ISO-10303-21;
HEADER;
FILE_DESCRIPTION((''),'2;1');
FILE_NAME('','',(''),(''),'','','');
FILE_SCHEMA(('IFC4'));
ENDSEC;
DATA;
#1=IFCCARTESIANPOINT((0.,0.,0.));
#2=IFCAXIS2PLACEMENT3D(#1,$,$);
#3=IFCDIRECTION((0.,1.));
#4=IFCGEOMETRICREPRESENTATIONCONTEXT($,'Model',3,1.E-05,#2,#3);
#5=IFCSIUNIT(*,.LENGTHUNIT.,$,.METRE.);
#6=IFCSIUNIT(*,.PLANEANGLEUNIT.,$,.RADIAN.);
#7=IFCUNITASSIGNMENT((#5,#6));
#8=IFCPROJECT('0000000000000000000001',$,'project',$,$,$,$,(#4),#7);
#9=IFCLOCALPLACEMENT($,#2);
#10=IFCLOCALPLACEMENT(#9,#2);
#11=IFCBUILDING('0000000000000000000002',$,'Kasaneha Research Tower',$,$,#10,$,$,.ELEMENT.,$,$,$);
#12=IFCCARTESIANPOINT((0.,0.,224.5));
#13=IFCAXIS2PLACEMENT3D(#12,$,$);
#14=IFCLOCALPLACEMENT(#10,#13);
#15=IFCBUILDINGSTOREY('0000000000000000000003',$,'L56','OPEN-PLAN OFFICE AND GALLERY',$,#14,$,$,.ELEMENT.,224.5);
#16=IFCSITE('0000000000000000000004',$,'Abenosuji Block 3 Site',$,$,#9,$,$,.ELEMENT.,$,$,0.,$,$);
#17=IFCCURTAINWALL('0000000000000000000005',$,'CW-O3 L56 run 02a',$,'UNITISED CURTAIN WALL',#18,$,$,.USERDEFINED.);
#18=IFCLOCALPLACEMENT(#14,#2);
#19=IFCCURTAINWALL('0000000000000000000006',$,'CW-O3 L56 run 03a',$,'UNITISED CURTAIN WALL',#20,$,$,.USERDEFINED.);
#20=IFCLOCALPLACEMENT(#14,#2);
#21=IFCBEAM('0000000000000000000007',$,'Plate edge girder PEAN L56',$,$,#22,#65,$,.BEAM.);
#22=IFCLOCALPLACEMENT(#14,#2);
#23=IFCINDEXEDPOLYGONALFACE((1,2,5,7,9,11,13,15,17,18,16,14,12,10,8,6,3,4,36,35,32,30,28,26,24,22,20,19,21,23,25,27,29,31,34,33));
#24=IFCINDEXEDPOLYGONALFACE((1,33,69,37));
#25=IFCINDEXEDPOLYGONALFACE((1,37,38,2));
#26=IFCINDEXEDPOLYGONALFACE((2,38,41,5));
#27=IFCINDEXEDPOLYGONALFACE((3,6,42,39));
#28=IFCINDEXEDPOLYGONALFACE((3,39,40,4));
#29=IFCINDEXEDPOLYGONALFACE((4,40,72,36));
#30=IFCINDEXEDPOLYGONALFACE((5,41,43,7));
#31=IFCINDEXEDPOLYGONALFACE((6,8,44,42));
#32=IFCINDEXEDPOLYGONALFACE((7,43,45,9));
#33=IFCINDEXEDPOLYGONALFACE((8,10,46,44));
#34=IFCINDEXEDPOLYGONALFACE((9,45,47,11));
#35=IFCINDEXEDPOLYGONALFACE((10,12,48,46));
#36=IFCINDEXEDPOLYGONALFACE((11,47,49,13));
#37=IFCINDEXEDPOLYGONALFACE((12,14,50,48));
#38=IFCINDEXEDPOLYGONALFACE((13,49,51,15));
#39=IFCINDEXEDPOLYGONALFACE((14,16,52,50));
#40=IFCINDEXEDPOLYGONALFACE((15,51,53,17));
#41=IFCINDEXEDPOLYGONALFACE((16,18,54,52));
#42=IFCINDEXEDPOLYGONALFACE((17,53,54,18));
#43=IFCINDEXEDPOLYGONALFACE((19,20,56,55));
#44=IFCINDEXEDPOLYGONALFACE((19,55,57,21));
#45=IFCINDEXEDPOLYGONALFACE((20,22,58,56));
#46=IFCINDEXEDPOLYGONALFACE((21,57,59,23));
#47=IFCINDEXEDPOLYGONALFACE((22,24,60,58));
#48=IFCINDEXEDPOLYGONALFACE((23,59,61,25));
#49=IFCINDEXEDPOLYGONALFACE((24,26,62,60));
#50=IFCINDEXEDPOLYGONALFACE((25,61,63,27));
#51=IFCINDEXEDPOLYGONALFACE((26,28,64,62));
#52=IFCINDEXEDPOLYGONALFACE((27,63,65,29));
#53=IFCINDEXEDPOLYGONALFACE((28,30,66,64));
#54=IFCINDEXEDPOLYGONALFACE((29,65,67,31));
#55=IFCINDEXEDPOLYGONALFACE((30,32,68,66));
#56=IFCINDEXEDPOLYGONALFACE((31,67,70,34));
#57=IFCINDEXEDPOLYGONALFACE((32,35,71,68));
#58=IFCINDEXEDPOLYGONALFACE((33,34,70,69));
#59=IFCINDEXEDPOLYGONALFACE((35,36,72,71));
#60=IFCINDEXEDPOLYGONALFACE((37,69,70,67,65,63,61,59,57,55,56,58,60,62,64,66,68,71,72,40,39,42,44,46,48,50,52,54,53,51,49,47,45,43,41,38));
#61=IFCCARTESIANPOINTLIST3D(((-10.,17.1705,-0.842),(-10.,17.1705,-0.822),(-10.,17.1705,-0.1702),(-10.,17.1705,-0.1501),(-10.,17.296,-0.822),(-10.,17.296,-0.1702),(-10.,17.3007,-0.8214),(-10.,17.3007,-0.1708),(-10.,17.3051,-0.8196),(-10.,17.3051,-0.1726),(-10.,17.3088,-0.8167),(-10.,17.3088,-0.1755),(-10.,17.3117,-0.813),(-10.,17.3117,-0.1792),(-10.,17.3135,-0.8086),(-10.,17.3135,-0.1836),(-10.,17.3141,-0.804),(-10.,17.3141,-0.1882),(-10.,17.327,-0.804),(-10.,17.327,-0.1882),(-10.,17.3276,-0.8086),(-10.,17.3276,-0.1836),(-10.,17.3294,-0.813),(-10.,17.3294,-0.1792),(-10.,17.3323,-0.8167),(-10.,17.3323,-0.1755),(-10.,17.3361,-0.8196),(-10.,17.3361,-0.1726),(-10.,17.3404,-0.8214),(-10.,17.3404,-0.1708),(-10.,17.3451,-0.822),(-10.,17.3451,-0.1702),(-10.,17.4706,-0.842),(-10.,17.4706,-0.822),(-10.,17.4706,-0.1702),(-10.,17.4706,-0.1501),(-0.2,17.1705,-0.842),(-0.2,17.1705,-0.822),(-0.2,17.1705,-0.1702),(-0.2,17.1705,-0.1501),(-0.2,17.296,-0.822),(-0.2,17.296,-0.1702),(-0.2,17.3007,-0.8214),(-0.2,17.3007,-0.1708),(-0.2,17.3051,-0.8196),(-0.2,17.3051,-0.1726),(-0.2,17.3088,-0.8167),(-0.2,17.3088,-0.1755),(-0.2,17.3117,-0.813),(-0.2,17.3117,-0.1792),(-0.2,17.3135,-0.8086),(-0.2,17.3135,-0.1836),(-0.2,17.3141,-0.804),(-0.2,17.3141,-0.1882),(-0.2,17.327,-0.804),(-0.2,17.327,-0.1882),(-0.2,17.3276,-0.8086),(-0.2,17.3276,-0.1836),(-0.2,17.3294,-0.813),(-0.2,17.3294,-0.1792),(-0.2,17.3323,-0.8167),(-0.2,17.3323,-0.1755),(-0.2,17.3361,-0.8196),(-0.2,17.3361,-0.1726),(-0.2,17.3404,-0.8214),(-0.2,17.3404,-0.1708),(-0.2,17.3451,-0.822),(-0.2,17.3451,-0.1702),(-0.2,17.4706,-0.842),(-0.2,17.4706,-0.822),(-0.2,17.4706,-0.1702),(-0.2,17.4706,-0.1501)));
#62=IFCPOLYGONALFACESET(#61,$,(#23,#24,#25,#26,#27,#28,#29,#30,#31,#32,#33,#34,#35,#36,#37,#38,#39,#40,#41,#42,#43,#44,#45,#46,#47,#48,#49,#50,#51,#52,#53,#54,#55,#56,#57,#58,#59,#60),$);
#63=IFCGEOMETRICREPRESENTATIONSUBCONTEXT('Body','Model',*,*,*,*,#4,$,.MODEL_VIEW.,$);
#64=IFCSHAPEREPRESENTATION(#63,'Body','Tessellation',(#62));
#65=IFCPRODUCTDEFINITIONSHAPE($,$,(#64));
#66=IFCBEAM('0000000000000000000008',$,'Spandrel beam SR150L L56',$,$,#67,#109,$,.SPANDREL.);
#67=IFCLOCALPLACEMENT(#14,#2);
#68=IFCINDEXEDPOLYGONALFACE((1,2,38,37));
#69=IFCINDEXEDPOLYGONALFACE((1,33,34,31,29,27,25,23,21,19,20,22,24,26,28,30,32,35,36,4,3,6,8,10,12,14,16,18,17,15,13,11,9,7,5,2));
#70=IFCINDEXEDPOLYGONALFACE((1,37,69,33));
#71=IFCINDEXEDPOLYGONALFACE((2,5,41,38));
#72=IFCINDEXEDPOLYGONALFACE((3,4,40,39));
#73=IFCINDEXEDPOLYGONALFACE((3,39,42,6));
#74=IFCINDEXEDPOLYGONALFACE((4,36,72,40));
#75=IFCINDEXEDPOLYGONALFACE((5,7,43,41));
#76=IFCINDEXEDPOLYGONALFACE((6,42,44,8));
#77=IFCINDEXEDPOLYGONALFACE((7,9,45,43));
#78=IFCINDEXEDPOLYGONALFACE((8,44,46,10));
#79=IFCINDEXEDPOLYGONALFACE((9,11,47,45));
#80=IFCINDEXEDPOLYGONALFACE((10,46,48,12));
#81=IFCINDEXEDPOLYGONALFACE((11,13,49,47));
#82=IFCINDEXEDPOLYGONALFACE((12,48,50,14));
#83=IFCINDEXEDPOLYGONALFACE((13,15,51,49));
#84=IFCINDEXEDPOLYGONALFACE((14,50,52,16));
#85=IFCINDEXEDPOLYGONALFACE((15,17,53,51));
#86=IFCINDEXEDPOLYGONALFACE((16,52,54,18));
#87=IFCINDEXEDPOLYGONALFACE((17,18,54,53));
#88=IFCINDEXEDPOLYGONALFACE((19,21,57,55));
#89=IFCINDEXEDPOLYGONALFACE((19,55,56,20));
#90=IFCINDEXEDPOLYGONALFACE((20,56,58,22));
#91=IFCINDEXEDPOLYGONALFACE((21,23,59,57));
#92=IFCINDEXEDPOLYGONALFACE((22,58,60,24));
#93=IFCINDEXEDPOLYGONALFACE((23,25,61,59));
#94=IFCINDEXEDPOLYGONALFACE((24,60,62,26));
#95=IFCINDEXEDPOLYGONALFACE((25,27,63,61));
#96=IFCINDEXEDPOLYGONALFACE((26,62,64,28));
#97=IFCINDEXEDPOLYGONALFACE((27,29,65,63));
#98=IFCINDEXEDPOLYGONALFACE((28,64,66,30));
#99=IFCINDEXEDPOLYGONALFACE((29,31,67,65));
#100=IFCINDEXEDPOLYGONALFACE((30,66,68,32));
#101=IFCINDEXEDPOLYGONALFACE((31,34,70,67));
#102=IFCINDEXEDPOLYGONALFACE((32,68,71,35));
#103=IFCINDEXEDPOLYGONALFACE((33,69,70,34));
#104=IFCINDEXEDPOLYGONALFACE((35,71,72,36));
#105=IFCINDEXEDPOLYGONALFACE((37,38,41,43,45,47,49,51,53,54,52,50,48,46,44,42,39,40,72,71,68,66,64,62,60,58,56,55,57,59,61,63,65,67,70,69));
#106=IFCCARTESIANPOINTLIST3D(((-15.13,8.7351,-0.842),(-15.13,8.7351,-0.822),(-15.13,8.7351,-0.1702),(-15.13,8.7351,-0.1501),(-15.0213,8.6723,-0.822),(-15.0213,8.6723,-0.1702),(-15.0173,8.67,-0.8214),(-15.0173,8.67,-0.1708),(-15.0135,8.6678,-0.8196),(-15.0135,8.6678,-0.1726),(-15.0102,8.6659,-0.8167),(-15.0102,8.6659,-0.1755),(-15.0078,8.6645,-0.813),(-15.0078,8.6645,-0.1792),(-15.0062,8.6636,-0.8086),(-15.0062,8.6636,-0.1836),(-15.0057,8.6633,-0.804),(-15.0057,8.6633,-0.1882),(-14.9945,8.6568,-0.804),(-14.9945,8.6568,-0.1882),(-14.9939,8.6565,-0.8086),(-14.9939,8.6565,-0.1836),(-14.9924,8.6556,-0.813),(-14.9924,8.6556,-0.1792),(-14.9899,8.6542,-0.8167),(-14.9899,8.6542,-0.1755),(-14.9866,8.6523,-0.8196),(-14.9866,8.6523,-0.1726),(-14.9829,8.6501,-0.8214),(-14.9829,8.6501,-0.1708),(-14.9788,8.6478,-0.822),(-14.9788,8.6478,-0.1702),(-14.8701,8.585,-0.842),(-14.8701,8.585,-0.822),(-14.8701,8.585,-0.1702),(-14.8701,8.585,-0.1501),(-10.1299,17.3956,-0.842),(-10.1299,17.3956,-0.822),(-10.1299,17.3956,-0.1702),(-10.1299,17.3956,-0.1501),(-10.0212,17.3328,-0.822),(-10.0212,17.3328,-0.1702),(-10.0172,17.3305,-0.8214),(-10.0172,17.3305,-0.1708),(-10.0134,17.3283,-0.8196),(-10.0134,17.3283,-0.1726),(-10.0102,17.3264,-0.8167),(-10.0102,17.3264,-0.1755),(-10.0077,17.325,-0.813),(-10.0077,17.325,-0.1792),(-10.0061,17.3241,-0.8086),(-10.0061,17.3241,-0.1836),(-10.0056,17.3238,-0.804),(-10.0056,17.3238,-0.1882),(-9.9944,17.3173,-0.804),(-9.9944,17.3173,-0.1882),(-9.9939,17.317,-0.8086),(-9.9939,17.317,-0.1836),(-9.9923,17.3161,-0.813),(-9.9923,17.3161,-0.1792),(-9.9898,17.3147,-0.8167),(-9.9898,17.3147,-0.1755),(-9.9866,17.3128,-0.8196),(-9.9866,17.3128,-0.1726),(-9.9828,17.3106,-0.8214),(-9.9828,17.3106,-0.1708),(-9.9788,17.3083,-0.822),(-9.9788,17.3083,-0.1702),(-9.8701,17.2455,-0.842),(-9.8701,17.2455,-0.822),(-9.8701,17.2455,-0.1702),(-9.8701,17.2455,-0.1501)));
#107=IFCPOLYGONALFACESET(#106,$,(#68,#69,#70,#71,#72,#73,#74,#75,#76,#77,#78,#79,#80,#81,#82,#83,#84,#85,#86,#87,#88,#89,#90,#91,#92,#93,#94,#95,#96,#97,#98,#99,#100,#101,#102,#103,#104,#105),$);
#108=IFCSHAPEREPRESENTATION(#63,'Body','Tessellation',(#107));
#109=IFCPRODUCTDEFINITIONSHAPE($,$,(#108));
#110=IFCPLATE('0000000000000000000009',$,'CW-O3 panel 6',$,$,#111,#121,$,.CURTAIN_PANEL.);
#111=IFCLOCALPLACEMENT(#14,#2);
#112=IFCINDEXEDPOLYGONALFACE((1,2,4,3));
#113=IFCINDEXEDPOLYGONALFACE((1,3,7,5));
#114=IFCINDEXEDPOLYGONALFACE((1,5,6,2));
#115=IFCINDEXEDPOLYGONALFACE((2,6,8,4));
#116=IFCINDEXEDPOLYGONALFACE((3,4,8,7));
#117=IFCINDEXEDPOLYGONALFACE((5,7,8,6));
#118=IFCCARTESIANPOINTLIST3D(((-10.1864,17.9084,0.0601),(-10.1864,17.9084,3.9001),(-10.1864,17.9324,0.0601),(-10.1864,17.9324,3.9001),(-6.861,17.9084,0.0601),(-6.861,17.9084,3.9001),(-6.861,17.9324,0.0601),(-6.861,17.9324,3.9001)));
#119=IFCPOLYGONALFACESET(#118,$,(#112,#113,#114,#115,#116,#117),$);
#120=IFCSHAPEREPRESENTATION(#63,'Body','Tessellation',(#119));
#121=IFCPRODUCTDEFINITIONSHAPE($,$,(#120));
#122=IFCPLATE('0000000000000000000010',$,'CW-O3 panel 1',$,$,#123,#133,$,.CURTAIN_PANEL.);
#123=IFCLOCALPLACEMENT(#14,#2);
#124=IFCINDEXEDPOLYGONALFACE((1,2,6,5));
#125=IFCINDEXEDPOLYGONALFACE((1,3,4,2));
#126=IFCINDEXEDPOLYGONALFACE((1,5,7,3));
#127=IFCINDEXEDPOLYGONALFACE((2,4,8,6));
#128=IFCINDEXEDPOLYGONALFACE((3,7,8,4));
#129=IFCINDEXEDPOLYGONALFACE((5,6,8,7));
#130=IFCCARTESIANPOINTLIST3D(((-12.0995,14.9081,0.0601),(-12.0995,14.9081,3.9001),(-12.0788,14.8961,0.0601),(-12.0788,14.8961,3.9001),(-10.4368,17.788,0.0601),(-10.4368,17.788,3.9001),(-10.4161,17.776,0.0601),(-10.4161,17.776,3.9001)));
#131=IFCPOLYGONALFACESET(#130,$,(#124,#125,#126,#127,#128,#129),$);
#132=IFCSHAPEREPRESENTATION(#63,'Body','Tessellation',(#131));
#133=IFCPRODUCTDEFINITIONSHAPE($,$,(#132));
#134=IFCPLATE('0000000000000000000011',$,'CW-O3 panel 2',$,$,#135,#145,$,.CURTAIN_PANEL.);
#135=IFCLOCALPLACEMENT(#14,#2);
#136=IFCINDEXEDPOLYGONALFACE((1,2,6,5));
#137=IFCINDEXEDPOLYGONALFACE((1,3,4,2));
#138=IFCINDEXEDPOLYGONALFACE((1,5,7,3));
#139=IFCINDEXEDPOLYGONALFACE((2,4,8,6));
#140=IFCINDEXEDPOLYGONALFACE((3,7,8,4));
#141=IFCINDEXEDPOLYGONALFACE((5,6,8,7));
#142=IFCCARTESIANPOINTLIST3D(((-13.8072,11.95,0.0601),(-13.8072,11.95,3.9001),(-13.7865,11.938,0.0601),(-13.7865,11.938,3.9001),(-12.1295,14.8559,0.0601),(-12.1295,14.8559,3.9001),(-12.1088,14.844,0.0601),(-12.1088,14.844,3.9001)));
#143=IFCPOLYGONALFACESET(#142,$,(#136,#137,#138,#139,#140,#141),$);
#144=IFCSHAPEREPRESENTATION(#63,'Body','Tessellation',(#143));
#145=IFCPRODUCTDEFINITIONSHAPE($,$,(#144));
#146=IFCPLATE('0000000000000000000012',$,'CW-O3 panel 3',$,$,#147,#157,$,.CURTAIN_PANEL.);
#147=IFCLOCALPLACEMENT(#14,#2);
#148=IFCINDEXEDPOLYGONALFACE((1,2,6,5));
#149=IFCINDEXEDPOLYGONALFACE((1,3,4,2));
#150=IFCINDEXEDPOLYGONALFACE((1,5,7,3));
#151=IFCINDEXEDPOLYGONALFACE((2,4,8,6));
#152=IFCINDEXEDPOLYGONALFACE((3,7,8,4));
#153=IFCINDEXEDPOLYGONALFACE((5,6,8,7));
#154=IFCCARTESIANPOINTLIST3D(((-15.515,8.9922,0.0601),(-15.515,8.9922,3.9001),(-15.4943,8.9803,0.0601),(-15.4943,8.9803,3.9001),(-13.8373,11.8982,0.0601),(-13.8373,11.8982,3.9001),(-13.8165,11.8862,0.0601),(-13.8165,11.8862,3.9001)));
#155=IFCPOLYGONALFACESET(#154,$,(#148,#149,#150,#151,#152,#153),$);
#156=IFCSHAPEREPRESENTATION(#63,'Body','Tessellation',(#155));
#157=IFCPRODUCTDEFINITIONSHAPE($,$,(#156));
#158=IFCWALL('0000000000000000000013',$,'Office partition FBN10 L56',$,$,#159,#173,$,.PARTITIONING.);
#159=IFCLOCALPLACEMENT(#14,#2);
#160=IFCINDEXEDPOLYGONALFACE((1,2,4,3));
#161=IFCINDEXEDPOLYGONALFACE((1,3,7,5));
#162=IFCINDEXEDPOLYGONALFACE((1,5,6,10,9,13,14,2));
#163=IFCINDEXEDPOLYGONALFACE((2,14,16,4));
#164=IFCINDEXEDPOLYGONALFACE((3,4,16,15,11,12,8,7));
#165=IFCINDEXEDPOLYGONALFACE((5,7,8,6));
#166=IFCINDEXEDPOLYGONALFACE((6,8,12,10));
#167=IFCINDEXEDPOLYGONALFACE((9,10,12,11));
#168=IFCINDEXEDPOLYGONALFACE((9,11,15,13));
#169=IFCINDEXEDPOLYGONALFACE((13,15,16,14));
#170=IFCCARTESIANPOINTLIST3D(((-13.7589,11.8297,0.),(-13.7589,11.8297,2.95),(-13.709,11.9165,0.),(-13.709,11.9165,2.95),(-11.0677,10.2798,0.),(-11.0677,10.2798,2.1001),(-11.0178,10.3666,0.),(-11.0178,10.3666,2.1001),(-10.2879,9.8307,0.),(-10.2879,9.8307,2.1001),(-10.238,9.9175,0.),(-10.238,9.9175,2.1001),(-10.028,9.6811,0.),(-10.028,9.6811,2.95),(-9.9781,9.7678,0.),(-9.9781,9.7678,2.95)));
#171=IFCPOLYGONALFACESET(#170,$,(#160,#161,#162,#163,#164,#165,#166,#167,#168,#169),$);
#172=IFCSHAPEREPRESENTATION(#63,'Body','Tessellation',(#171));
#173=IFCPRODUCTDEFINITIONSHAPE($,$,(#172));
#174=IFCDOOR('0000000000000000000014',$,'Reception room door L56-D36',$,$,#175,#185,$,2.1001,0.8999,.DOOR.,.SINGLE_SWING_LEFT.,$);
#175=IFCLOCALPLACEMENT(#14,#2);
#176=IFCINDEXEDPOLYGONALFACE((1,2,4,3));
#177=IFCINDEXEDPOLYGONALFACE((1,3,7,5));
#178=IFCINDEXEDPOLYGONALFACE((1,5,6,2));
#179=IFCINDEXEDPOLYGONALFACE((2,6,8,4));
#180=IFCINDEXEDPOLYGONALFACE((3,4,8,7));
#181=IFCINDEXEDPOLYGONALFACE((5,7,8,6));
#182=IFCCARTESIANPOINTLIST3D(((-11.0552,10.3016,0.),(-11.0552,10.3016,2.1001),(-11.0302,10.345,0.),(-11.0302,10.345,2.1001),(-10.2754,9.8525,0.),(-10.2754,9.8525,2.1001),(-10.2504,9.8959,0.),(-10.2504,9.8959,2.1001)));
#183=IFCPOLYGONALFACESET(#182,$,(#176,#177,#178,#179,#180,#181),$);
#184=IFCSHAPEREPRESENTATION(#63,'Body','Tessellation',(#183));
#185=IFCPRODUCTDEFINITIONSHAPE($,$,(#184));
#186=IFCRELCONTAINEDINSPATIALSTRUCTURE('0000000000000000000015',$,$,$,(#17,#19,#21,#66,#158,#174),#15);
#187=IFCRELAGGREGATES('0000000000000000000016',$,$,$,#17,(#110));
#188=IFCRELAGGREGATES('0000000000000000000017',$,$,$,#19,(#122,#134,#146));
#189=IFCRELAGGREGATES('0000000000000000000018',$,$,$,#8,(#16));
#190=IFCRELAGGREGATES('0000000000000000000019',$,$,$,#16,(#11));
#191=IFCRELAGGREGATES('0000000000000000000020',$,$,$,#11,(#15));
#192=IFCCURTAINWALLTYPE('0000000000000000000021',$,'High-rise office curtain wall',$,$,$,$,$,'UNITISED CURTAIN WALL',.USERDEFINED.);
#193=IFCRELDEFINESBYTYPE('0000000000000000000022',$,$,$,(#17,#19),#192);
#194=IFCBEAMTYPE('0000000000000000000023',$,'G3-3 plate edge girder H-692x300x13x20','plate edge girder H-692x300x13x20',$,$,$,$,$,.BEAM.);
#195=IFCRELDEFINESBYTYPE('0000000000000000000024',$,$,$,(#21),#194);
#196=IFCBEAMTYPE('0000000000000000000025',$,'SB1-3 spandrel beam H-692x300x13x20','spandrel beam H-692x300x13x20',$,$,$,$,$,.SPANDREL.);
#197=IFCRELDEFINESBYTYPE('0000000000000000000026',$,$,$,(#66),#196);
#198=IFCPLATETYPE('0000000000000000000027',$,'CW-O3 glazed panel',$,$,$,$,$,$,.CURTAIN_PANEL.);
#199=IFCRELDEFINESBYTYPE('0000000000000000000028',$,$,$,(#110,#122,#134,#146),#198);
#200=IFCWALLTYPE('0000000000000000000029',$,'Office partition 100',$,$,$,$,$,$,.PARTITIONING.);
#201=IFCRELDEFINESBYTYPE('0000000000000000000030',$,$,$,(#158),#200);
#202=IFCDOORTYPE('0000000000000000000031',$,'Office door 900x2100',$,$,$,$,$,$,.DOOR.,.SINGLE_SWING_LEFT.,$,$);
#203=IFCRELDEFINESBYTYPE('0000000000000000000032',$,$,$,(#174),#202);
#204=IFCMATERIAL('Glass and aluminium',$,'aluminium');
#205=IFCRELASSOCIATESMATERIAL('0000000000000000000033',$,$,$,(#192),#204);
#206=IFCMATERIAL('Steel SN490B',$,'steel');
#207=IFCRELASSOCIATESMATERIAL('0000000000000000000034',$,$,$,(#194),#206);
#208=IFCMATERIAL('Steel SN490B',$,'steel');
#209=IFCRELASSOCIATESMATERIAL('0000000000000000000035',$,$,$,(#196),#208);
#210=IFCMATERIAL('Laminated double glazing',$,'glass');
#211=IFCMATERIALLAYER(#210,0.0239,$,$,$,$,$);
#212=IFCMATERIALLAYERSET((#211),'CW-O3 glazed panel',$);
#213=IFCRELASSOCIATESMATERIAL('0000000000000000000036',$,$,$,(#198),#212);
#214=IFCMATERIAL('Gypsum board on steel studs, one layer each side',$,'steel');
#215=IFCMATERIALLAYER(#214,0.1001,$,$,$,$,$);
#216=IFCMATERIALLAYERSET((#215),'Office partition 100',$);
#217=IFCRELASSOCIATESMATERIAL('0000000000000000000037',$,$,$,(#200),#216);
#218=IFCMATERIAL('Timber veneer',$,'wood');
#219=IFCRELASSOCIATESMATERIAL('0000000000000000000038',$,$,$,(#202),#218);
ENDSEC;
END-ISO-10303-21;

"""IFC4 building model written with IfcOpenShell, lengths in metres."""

from ifc_helpers import new_model, si_unit, direction, frame, frame_2d, origin, origin_2d, place, context, subcontext, project, spatial, rectangle, i_section, extrude, material, layer, layer_set, material_profile, profile_set, type_object, element, fill, aggregate, save


model = new_model("IFC4")

# Units and contexts
model_context = context("Model", 3, precision=1e-05, world=origin(), true_north=direction((0.0, 1.0)))
body_context = subcontext(model_context, "Body", "Model", "MODEL_VIEW")
ifc_project = project(units=[si_unit("LENGTHUNIT", "METRE"), si_unit("PLANEANGLEUNIT", "RADIAN")], contexts=[model_context])

# Site, building, storey
site_placement = place(None, origin())
site = spatial("IfcSite", under=ifc_project, at=site_placement, Name="Abenosuji Block 3 Site", CompositionType="ELEMENT", RefElevation=0.0)
building_placement = place(site_placement, origin())
building = spatial("IfcBuilding", under=site, at=building_placement, Name="Kasaneha Research Tower", CompositionType="ELEMENT")
storey_placement = place(building_placement, frame((0.0, 0.0, 224.5)))
storey = spatial("IfcBuildingStorey", under=building, at=storey_placement, Name="L56", Description="OPEN-PLAN OFFICE AND GALLERY", CompositionType="ELEMENT", Elevation=224.5)

# Curtain walls
ifc_material_1 = material(Name="Glass and aluminium", Category="aluminium")
curtain_wall_type = type_object("IfcCurtainWallType", Name="High-rise office curtain wall", ElementType="UNITISED CURTAIN WALL", PredefinedType="USERDEFINED", material=ifc_material_1)
curtain_wall_1_placement = place(storey_placement, origin())
curtain_wall_1 = element("IfcCurtainWall", 1, at=curtain_wall_1_placement, inside=storey, type_object=curtain_wall_type, Name="CW-O3 L56 run 02a", ObjectType="UNITISED CURTAIN WALL", PredefinedType="USERDEFINED")
curtain_wall_2_placement = place(storey_placement, origin())
curtain_wall_2 = element("IfcCurtainWall", 2, at=curtain_wall_2_placement, inside=storey, type_object=curtain_wall_type, Name="CW-O3 L56 run 03a", ObjectType="UNITISED CURTAIN WALL", PredefinedType="USERDEFINED")

# Beams
ifc_material_2 = material(Name="Steel SN490B", Category="steel")
ifc_material_profile_1 = material_profile(ifc_material_2, i_section(OverallWidth=0.3, OverallDepth=0.6919, WebThickness=0.0129, FlangeThickness=0.02, FilletRadius=0.0181, at=origin_2d()), Name="H-692x300x13x20")
ifc_profile_set_1 = profile_set([ifc_material_profile_1], Name="Steel SN490B")
beam_type_1 = type_object("IfcBeamType", Name="G3-3 plate edge girder H-692x300x13x20", Description="plate edge girder H-692x300x13x20", PredefinedType="BEAM", material=ifc_profile_set_1)
beam_1_placement = place(storey_placement, frame((-10.0, 17.3206, -0.4961), z_axis=(1.0, 0.0, 0.0), x_axis=(0.0, 1.0, 0.0)))
element("IfcBeam", 3, at=beam_1_placement, inside=storey, type_object=beam_type_1, Name="Plate edge girder PEAN L56", PredefinedType="BEAM", context=body_context, shape_type="SweptSolid", body=[
    extrude(i_section(OverallWidth=0.3, OverallDepth=0.6919, WebThickness=0.0129, FlangeThickness=0.02, FilletRadius=0.0181, at=origin_2d()), origin(), (0.0, 0.0, 1.0), 9.8),
])
ifc_material_3 = material(Name="Steel SN490B", Category="steel")
ifc_material_profile_2 = material_profile(ifc_material_3, i_section(OverallWidth=0.3, OverallDepth=0.6919, WebThickness=0.0129, FlangeThickness=0.02, FilletRadius=0.0181, at=origin_2d()), Name="H-692x300x13x20")
ifc_profile_set_2 = profile_set([ifc_material_profile_2], Name="Steel SN490B")
beam_type_2 = type_object("IfcBeamType", Name="SB1-3 spandrel beam H-692x300x13x20", Description="spandrel beam H-692x300x13x20", PredefinedType="SPANDREL", material=ifc_profile_set_2)
beam_2_placement = place(storey_placement, frame((-10.0, 17.3206, -0.4961), z_axis=(-0.499994, -0.866029, 0.0), x_axis=(0.866029, -0.499994, 0.0)))
element("IfcBeam", 4, at=beam_2_placement, inside=storey, type_object=beam_type_2, Name="Spandrel beam SR150L L56", PredefinedType="SPANDREL", context=body_context, shape_type="SweptSolid", body=[
    extrude(i_section(OverallWidth=0.3, OverallDepth=0.6919, WebThickness=0.0129, FlangeThickness=0.02, FilletRadius=0.0181, at=origin_2d()), origin(), (0.0, 0.0, 1.0), 10.0002),
])

# Plates
ifc_material_4 = material(Name="Laminated double glazing", Category="glass")
ifc_layer_1 = layer(ifc_material_4, 0.0239)
ifc_layer_set_1 = layer_set([ifc_layer_1], Name="CW-O3 glazed panel")
plate_type = type_object("IfcPlateType", Name="CW-O3 glazed panel", PredefinedType="CURTAIN_PANEL", material=ifc_layer_set_1)
plate_1_placement = place(storey_placement, frame((-8.5237, 17.9204, 0.0601), z_axis=(0.0, 0.0, 1.0), x_axis=(-1.0, 0.0, 0.0)))
plate_1 = element("IfcPlate", 5, at=plate_1_placement, type_object=plate_type, Name="CW-O3 panel 6", PredefinedType="CURTAIN_PANEL", context=body_context, shape_type="SweptSolid", body=[
    extrude(rectangle(XDim=3.3254, YDim=0.0239, at=origin_2d()), origin(), (0.0, 0.0, 1.0), 3.8401),
])
aggregate(curtain_wall_1, [plate_1])
plate_2_placement = place(storey_placement, frame((-11.2578, 16.342, 0.0601), z_axis=(0.0, 0.0, 1.0), x_axis=(-0.5, -0.866025, 0.0)))
plate_2 = element("IfcPlate", 6, at=plate_2_placement, type_object=plate_type, Name="CW-O3 panel 1", PredefinedType="CURTAIN_PANEL", context=body_context, shape_type="SweptSolid", body=[
    extrude(rectangle(XDim=3.3254, YDim=0.0239, at=origin_2d()), origin(), (0.0, 0.0, 1.0), 3.8401),
])
plate_3_placement = place(storey_placement, frame((-12.958, 13.397, 0.0601), z_axis=(0.0, 0.0, 1.0), x_axis=(-0.5, -0.866025, 0.0)))
plate_3 = element("IfcPlate", 7, at=plate_3_placement, type_object=plate_type, Name="CW-O3 panel 2", PredefinedType="CURTAIN_PANEL", context=body_context, shape_type="SweptSolid", body=[
    extrude(rectangle(XDim=3.3555, YDim=0.0239, at=origin_2d()), origin(), (0.0, 0.0, 1.0), 3.8401),
])
plate_4_placement = place(storey_placement, frame((-14.6658, 10.4392, 0.0601), z_axis=(0.0, 0.0, 1.0), x_axis=(-0.5, -0.866025, 0.0)))
plate_4 = element("IfcPlate", 8, at=plate_4_placement, type_object=plate_type, Name="CW-O3 panel 3", PredefinedType="CURTAIN_PANEL", context=body_context, shape_type="SweptSolid", body=[
    extrude(rectangle(XDim=3.3555, YDim=0.0239, at=origin_2d()), origin(), (0.0, 0.0, 1.0), 3.8401),
])
aggregate(curtain_wall_2, [plate_2, plate_3, plate_4])

# Wall, opening, door
ifc_material_5 = material(Name="Gypsum board on steel studs, one layer each side", Category="steel")
ifc_layer_2 = layer(ifc_material_5, 0.1001)
ifc_layer_set_2 = layer_set([ifc_layer_2], Name="Office partition 100")
wall_type_1 = type_object("IfcWallType", Name="Office partition 100", PredefinedType="PARTITIONING", material=ifc_layer_set_2)
wall_1_placement = place(storey_placement, frame((-10.0029, 9.7244, 0.0), z_axis=(0.0, 0.0, 1.0), x_axis=(-0.866567, 0.499061, 0.0)))
wall_1 = element("IfcWall", 9, at=wall_1_placement, inside=storey, type_object=wall_type_1, Name="Office partition FBN10 L56", PredefinedType="PARTITIONING", context=body_context, shape_type="SweptSolid", body=[
    extrude(rectangle(XDim=4.3054, YDim=0.1001, at=frame_2d((2.1528, 0.0))), origin(), (0.0, 0.0, 1.0), 2.95),
])
opening_1_placement = place(wall_1_placement, frame((0.3, 0.0, 0.0)))
opening_1 = element("IfcOpeningElement", 10, at=opening_1_placement, cuts=wall_1, PredefinedType="OPENING", context=body_context, shape_type="SweptSolid", body=[
    extrude(rectangle(XDim=0.8999, YDim=2.1001, at=frame_2d((0.45, 1.05))), frame((0.0, 0.0601, 0.0), z_axis=(0.0, -1.0, 0.0), x_axis=(1.0, 0.0, 0.0)), (0.0, 0.0, 1.0), 0.1201),
])
ifc_material_6 = material(Name="Timber veneer", Category="wood")
door_type_1 = type_object("IfcDoorType", Name="Office door 900x2100", OperationType="SINGLE_SWING_LEFT", PredefinedType="DOOR", material=ifc_material_6)
door_1_placement = place(opening_1_placement, origin())
door_1 = element("IfcDoor", 11, at=door_1_placement, inside=storey, type_object=door_type_1, Name="Reception room door L56-D36", OperationType="SINGLE_SWING_LEFT", OverallHeight=2.1001, OverallWidth=0.8999, PredefinedType="DOOR", context=body_context, shape_type="SweptSolid", body=[
    extrude(rectangle(XDim=0.8999, YDim=2.1001, at=frame_2d((0.45, 1.05))), frame((0.0, 0.0249, 0.0), z_axis=(0.0, -1.0, 0.0), x_axis=(1.0, 0.0, 0.0)), (0.0, 0.0, 1.0), 0.05),
])
fill(opening_1, door_1)

save(model, "model.ifc")
